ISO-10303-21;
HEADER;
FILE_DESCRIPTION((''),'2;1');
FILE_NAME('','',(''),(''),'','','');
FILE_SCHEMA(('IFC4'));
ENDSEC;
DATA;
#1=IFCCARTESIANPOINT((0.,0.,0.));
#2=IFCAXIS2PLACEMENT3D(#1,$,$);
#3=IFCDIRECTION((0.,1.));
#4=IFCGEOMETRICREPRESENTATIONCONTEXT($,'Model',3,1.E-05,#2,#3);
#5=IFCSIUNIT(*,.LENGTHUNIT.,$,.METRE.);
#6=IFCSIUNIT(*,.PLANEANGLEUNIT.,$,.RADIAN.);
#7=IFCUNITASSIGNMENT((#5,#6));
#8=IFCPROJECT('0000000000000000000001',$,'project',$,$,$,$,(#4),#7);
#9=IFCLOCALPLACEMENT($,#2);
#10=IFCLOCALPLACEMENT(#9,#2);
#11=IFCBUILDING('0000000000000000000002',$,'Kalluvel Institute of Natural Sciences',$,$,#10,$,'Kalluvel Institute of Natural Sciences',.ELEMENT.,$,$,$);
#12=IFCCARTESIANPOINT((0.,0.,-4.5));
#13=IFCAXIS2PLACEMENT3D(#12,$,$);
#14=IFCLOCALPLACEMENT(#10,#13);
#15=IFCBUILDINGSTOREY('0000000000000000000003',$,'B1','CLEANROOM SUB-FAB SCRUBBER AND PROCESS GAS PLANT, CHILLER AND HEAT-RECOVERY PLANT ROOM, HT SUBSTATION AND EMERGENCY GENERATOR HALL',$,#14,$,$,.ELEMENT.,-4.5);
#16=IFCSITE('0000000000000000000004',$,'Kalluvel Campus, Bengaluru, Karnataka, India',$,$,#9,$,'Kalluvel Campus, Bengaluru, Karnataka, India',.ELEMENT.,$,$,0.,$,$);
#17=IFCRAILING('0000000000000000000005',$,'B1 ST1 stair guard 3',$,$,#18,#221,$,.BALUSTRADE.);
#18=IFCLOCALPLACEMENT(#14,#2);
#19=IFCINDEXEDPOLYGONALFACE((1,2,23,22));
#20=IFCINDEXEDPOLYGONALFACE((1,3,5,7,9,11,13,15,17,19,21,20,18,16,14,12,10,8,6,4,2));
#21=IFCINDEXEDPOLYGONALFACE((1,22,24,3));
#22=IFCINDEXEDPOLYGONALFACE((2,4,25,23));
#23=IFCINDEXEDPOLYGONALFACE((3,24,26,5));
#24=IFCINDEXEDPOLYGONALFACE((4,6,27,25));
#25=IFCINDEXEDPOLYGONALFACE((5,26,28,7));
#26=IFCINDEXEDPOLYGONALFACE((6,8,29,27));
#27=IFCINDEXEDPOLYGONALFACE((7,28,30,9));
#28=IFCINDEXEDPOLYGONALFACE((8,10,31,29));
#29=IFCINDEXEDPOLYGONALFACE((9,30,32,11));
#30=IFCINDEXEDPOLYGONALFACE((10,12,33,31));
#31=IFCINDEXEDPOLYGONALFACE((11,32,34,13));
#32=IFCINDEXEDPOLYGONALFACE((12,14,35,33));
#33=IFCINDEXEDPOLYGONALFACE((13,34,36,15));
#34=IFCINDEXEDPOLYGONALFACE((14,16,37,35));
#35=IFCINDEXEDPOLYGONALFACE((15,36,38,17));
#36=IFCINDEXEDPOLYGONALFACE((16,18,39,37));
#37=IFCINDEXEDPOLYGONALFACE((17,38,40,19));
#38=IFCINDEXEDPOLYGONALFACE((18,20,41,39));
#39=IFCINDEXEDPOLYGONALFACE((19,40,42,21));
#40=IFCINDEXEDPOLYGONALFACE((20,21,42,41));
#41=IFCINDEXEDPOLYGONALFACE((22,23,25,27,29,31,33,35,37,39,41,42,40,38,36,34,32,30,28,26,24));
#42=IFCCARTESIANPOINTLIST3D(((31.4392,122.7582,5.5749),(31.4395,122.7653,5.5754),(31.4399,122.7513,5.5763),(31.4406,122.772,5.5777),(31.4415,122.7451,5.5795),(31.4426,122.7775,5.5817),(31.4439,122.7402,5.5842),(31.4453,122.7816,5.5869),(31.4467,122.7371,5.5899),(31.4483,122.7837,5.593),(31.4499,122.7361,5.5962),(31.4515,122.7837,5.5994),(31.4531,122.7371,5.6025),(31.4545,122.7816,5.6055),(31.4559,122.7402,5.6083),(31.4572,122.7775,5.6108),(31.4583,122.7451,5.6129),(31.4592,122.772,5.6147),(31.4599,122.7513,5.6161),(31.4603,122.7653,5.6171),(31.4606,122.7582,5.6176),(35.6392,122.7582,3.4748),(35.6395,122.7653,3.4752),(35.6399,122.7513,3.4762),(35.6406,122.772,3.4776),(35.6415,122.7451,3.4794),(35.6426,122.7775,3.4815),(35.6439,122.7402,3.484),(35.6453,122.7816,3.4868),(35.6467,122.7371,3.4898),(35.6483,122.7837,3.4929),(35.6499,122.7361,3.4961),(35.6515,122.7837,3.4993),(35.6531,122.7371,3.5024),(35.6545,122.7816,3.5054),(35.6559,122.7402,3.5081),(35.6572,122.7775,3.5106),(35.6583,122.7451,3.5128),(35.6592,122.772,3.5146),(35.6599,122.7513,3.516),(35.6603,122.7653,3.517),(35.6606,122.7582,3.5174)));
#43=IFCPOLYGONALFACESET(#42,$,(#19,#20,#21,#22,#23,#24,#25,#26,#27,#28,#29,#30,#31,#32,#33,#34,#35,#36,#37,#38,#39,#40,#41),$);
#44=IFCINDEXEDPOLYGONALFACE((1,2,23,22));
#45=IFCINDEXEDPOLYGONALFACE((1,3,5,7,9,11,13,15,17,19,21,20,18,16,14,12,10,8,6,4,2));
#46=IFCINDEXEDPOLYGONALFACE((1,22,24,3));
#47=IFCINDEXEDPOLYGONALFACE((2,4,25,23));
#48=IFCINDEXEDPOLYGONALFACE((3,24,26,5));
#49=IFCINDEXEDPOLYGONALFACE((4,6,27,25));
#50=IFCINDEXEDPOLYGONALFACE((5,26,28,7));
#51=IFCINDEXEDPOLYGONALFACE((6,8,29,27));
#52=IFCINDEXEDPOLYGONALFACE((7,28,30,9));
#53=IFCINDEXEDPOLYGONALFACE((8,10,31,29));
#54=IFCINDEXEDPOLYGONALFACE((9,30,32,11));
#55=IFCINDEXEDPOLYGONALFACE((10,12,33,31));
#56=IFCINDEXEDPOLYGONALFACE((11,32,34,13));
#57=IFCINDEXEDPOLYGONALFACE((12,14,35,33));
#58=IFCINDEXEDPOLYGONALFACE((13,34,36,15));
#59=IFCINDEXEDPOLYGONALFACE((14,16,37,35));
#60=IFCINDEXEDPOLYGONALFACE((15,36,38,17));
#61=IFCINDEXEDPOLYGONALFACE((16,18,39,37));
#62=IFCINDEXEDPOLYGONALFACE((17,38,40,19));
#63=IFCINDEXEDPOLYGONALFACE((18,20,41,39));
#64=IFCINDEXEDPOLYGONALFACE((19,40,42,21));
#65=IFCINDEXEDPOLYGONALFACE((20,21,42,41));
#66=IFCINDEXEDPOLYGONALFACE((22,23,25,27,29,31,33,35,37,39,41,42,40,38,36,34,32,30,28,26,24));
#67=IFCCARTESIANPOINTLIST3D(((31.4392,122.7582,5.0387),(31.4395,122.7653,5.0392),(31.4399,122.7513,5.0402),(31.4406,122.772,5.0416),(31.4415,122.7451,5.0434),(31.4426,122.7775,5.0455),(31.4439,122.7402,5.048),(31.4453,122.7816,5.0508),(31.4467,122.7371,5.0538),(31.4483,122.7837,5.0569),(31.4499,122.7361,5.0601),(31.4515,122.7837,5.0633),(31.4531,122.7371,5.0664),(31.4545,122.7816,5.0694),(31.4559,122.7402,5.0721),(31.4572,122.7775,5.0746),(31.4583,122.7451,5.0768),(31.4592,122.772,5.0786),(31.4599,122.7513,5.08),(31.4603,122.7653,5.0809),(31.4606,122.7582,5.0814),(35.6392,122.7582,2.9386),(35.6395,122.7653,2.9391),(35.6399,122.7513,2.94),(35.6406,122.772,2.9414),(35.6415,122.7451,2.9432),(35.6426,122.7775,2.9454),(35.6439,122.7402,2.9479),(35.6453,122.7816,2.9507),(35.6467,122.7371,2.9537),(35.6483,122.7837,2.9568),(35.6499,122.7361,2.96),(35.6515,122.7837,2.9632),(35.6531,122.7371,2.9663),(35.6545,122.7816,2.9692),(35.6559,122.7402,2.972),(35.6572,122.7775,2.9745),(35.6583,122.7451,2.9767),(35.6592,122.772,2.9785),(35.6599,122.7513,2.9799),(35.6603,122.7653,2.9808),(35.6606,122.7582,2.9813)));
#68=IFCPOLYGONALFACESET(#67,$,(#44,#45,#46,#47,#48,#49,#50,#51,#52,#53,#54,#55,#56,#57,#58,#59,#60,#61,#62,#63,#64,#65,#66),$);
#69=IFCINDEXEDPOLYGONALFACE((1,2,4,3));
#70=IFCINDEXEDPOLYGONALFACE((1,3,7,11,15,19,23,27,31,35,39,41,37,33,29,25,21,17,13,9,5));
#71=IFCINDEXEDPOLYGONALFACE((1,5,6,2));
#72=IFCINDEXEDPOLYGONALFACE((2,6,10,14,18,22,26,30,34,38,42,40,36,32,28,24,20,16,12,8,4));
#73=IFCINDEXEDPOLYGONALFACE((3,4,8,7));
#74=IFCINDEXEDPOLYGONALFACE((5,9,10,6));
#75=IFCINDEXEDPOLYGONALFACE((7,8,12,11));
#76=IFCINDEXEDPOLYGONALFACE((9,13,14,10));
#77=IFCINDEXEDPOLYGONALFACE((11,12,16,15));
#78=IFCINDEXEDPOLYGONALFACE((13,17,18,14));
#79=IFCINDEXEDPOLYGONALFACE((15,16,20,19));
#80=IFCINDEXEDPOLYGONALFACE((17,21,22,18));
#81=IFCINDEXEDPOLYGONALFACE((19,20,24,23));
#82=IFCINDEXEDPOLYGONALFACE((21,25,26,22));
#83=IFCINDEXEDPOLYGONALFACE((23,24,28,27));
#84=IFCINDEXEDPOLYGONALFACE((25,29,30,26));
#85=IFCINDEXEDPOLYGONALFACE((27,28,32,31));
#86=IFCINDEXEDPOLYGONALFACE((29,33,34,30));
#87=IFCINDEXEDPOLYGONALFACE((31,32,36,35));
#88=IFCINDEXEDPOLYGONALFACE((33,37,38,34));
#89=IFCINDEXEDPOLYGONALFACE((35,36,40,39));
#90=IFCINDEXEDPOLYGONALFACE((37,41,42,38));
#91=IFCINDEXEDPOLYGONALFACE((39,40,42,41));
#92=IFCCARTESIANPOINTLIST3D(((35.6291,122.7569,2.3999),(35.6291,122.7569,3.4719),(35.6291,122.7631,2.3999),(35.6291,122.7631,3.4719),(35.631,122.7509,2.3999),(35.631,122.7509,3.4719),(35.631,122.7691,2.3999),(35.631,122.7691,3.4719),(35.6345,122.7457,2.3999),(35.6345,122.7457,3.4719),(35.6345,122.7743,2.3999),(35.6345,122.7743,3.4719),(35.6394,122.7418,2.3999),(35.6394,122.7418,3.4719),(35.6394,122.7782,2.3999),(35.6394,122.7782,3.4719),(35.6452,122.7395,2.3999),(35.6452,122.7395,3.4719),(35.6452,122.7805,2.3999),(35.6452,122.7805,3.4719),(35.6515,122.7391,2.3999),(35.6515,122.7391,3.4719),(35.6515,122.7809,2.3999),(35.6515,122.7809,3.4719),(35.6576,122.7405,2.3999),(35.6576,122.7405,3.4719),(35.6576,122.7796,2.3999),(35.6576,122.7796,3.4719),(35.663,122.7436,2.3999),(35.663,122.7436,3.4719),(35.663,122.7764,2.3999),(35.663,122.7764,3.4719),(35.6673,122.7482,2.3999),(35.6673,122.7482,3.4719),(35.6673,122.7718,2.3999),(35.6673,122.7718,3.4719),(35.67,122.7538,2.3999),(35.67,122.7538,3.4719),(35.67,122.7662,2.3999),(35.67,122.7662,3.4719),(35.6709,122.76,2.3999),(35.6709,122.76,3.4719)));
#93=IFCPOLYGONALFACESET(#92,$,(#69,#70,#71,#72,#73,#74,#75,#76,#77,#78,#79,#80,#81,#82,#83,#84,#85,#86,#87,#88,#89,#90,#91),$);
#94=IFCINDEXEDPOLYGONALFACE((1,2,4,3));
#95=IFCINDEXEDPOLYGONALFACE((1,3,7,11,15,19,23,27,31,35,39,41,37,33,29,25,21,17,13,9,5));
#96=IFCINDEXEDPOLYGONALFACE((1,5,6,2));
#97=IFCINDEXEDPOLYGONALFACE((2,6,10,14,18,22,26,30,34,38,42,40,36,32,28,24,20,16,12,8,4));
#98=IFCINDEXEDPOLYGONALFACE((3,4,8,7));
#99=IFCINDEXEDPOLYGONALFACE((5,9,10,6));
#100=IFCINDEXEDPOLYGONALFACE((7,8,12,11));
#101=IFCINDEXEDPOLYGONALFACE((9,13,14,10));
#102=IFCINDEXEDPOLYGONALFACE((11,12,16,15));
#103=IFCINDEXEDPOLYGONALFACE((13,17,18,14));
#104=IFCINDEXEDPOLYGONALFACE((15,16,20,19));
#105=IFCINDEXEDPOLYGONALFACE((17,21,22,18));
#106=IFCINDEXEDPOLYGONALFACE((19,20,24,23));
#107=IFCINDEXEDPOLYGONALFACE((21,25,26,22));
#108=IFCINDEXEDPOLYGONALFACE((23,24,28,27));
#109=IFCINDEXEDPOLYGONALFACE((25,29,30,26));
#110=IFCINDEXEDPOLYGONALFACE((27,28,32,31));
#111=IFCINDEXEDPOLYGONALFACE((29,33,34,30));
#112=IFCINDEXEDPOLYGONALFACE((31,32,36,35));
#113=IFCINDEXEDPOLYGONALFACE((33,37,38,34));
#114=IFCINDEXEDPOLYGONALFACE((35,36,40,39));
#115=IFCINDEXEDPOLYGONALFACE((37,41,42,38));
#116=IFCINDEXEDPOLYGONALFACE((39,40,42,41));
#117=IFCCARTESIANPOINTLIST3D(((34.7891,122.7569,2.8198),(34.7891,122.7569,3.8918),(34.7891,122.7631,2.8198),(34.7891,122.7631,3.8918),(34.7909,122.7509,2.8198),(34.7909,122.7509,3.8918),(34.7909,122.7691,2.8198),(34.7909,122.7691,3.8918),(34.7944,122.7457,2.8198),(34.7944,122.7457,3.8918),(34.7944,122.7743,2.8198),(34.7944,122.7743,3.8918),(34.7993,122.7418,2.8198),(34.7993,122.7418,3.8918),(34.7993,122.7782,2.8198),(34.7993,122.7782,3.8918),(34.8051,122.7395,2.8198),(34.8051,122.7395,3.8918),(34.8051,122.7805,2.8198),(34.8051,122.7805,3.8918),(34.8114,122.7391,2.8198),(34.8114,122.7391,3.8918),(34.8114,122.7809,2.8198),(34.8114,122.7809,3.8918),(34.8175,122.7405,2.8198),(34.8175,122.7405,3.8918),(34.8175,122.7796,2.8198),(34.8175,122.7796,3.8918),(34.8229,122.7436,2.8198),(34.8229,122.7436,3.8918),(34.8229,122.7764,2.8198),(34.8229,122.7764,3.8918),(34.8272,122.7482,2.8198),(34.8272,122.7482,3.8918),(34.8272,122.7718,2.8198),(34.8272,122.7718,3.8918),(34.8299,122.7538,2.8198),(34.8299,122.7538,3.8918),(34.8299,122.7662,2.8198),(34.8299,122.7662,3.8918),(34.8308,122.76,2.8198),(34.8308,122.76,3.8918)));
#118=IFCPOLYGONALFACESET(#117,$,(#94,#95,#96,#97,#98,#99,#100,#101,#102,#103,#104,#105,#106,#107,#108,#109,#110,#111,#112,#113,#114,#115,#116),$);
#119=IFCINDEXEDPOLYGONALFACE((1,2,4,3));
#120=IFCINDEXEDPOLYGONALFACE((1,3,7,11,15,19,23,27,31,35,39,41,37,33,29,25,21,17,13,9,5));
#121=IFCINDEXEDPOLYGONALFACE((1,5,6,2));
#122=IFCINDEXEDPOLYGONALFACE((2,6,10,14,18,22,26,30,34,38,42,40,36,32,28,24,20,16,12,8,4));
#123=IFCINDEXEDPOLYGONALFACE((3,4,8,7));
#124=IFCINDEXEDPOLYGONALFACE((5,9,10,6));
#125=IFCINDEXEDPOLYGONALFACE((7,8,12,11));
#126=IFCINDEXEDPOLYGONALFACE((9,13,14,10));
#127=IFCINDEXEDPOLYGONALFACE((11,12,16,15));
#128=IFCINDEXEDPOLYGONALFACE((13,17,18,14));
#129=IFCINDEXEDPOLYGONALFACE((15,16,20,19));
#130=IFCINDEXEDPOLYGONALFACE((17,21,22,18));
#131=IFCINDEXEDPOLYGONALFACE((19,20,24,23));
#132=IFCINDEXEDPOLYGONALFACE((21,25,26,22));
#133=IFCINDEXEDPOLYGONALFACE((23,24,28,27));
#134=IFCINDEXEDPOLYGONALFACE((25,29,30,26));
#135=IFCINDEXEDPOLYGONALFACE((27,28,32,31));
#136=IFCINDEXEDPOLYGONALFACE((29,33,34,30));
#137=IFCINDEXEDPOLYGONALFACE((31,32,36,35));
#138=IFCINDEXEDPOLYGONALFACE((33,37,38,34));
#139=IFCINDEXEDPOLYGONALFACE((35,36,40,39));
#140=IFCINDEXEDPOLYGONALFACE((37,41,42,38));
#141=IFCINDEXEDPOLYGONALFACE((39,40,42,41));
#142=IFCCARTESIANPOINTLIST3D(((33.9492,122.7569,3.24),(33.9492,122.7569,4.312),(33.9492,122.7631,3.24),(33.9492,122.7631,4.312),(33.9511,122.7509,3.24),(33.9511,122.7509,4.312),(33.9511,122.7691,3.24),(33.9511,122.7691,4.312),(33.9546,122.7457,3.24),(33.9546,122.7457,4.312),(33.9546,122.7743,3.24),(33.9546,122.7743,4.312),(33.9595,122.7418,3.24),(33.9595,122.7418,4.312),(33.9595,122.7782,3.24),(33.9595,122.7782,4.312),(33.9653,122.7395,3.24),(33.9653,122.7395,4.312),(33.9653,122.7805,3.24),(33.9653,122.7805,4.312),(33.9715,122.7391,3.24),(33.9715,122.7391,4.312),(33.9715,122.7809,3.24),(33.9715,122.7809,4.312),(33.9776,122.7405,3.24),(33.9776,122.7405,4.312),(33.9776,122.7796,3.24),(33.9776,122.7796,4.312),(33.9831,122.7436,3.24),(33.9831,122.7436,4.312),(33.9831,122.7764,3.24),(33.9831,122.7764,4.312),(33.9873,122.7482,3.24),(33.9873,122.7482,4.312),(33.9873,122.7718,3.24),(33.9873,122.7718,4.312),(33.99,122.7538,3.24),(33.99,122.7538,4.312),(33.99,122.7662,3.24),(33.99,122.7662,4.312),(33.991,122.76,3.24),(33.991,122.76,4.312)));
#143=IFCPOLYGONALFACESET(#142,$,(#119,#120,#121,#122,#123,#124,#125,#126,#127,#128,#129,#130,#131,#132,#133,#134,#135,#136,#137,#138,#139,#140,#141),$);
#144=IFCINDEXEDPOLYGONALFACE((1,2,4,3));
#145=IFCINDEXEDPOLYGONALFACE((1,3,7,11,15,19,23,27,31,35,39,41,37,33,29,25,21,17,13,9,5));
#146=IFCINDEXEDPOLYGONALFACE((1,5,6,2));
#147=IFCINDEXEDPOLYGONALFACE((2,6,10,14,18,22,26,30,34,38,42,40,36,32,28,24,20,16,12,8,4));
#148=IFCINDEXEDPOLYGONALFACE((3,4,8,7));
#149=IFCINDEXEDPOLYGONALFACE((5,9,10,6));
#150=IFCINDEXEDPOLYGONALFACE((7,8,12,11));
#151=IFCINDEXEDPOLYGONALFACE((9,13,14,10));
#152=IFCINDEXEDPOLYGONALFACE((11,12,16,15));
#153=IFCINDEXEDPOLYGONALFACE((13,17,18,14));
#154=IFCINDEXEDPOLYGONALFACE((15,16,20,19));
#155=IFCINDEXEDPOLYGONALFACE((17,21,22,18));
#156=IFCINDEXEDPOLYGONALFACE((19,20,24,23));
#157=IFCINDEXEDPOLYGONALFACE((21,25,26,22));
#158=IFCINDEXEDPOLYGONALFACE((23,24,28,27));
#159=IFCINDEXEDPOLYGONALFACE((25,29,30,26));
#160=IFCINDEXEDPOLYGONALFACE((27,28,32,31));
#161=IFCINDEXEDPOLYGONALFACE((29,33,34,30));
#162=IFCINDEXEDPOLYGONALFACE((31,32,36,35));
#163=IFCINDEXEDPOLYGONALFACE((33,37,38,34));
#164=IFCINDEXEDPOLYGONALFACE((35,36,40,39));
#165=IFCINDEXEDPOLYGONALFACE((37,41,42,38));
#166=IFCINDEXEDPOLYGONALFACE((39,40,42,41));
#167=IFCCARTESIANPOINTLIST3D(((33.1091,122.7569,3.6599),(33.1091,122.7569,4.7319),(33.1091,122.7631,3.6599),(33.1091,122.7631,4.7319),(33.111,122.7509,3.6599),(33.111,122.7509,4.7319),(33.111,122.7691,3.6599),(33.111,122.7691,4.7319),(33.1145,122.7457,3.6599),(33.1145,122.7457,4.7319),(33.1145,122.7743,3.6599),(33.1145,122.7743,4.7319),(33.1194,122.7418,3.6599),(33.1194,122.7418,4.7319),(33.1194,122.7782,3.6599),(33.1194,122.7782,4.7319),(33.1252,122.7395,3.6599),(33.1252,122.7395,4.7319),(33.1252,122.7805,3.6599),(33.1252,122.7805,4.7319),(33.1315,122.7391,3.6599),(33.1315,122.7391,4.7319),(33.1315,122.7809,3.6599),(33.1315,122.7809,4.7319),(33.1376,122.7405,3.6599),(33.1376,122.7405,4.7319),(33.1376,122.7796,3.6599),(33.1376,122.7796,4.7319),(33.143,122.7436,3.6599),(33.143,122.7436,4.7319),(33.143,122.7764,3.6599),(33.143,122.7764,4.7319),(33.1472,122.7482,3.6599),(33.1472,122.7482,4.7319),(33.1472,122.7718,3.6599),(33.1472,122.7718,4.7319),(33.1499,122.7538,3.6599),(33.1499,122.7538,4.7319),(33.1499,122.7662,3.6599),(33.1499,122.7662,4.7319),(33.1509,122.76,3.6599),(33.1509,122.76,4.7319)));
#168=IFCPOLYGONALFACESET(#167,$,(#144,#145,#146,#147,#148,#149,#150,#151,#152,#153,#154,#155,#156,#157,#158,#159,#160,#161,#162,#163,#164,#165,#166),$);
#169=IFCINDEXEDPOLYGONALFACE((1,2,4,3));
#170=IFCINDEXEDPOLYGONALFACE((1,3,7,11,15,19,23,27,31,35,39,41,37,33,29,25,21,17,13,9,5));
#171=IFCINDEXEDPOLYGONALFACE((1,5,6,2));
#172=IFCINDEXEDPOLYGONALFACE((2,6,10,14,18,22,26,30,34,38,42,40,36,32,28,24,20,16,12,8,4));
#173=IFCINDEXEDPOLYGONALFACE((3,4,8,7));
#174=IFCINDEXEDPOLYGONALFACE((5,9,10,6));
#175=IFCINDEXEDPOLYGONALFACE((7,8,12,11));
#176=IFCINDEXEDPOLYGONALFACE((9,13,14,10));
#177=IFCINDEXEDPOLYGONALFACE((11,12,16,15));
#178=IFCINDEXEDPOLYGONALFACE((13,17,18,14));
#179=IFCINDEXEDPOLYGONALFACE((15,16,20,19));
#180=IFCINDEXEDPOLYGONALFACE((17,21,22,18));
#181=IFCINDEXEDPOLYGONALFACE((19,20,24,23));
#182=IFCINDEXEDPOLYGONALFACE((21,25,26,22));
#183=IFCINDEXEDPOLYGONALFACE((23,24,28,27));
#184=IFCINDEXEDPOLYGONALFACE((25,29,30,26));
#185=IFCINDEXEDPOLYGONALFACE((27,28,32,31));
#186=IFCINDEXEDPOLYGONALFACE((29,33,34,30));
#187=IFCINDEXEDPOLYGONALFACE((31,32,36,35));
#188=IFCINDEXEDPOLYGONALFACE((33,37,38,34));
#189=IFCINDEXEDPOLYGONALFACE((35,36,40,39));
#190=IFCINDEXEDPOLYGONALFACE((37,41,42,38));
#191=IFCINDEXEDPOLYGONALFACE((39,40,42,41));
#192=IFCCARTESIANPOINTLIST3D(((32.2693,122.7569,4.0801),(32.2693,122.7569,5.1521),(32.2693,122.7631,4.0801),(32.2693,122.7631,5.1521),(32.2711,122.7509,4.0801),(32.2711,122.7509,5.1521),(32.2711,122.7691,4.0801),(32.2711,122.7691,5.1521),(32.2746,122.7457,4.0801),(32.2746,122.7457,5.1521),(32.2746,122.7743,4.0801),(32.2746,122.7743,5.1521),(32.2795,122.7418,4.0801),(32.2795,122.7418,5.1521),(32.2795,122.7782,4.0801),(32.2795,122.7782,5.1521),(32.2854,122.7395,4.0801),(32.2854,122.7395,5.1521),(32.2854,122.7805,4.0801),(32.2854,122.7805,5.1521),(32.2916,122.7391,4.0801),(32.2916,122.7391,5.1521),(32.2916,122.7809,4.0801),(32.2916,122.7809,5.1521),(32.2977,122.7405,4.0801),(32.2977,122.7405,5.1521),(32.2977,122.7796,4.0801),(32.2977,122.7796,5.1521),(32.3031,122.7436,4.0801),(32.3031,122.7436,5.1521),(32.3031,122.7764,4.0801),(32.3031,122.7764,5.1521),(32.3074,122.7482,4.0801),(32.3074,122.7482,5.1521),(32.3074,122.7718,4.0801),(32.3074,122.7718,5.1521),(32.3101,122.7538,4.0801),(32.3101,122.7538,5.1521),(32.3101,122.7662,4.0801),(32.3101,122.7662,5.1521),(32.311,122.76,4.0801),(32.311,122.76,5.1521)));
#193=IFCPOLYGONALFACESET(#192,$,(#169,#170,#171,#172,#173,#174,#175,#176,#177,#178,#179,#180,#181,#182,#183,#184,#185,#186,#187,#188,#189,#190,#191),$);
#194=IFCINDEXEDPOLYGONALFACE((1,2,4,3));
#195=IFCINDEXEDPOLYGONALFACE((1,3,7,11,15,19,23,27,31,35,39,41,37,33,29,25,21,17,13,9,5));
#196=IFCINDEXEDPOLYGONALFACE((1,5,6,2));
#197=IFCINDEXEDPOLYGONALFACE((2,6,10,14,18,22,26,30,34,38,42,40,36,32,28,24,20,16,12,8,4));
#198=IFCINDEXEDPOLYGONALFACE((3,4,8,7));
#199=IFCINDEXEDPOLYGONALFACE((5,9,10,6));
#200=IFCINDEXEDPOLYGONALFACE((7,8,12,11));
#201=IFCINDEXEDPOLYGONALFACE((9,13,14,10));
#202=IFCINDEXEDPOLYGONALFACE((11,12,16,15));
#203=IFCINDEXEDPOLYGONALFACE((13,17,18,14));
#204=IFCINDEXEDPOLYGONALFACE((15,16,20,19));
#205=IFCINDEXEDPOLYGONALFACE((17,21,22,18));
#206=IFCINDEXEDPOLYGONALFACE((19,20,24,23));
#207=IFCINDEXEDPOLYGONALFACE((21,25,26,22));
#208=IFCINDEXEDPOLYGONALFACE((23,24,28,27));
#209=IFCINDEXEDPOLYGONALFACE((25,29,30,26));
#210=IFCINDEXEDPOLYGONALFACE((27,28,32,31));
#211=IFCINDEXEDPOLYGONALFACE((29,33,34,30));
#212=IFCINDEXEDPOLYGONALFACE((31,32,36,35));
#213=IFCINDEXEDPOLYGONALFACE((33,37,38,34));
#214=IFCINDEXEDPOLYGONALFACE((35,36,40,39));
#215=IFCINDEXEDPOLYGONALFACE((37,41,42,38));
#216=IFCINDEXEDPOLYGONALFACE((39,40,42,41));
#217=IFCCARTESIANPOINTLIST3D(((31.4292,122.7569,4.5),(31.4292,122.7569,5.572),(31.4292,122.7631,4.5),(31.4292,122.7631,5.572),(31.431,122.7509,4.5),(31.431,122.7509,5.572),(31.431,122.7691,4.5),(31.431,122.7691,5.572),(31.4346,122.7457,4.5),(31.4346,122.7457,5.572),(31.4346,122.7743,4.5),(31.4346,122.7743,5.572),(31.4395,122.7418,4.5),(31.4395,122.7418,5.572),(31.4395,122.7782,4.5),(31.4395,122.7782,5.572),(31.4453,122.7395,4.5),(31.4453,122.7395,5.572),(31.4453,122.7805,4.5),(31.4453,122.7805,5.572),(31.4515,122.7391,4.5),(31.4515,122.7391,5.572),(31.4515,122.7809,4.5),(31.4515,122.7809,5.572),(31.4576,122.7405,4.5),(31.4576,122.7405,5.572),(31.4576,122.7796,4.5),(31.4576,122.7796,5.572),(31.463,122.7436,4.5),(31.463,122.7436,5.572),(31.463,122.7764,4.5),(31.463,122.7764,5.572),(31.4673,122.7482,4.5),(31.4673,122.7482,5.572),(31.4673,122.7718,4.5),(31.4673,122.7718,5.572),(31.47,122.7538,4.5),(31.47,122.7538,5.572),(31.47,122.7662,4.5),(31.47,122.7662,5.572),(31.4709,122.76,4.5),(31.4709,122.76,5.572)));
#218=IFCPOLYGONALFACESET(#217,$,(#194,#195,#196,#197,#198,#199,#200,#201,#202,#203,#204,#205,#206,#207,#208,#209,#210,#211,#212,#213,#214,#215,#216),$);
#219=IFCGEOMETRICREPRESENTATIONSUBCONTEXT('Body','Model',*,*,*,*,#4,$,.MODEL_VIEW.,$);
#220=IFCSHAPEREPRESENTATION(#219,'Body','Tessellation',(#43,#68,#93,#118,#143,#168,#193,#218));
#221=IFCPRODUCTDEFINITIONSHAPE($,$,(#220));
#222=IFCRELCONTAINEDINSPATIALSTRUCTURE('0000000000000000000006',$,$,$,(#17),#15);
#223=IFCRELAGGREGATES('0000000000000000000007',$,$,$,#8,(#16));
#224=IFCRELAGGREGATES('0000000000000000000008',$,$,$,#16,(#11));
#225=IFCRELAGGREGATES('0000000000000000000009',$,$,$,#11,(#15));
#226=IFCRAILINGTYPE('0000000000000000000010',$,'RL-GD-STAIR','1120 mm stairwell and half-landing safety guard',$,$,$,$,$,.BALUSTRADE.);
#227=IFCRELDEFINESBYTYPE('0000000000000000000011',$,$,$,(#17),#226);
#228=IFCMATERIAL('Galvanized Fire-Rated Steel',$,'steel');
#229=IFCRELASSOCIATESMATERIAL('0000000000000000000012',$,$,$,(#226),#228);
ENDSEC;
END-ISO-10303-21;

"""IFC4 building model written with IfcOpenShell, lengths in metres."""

from ifc_helpers import new_model, si_unit, direction, frame, origin, origin_2d, place, context, subcontext, project, spatial, circle, extrude, material, type_object, element, save


model = new_model("IFC4")

# Units and contexts
model_context = context("Model", 3, precision=1e-05, world=origin(), true_north=direction((0.0, 1.0)))
body_context = subcontext(model_context, "Body", "Model", "MODEL_VIEW")
ifc_project = project(units=[si_unit("LENGTHUNIT", "METRE"), si_unit("PLANEANGLEUNIT", "RADIAN")], contexts=[model_context])

# Site, building, storey
site_placement = place(None, origin())
site = spatial("IfcSite", under=ifc_project, at=site_placement, Name="Kalluvel Campus, Bengaluru, Karnataka, India", LongName="Kalluvel Campus, Bengaluru, Karnataka, India", CompositionType="ELEMENT", RefElevation=0.0)
building_placement = place(site_placement, origin())
building = spatial("IfcBuilding", under=site, at=building_placement, Name="Kalluvel Institute of Natural Sciences", LongName="Kalluvel Institute of Natural Sciences", CompositionType="ELEMENT")
storey_placement = place(building_placement, frame((0.0, 0.0, -4.5)))
storey = spatial("IfcBuildingStorey", under=building, at=storey_placement, Name="B1", Description="CLEANROOM SUB-FAB SCRUBBER AND PROCESS GAS PLANT, CHILLER AND HEAT-RECOVERY PLANT ROOM, HT SUBSTATION AND EMERGENCY GENERATOR HALL", CompositionType="ELEMENT", Elevation=-4.5)

# Shared definitions
ifc_material_1 = material(Name="Galvanized Fire-Rated Steel", Category="steel")

# Railing
railing_type_1 = type_object("IfcRailingType", Name="RL-GD-STAIR", Description="1120 mm stairwell and half-landing safety guard", PredefinedType="BALUSTRADE", material=ifc_material_1)
railing_1_placement = place(storey_placement, frame((35.6499, 122.76, 2.3999)))
element("IfcRailing", 1, at=railing_1_placement, inside=storey, type_object=railing_type_1, Name="B1 ST1 stair guard 3", PredefinedType="BALUSTRADE", context=body_context, shape_type="SweptSolid", body=[
    extrude(circle(Radius=0.0239, at=origin_2d()), frame((0.0, 0.0, 1.0962), z_axis=(-0.894417, 0.0, 0.447234), x_axis=(0.0, -1.0, 0.0)), (0.0, 0.0, 1.0), 4.6958),
    extrude(circle(Radius=0.0239, at=origin_2d()), frame((0.0, 0.0, 0.5601), z_axis=(-0.894417, 0.0, 0.447234), x_axis=(0.0, -1.0, 0.0)), (0.0, 0.0, 1.0), 4.6958),
    extrude(circle(Radius=0.021, at=origin_2d()), origin(), (0.0, 0.0, 1.0), 1.072),
    extrude(circle(Radius=0.021, at=origin_2d()), frame((-0.8401, 0.0, 0.4199)), (0.0, 0.0, 1.0), 1.072),
    extrude(circle(Radius=0.021, at=origin_2d()), frame((-1.6799, 0.0, 0.8401)), (0.0, 0.0, 1.0), 1.072),
    extrude(circle(Radius=0.021, at=origin_2d()), frame((-2.52, 0.0, 1.26)), (0.0, 0.0, 1.0), 1.072),
    extrude(circle(Radius=0.021, at=origin_2d()), frame((-3.3599, 0.0, 1.6802)), (0.0, 0.0, 1.0), 1.072),
    extrude(circle(Radius=0.021, at=origin_2d()), frame((-4.2, 0.0, 2.1001)), (0.0, 0.0, 1.0), 1.072),
])

save(model, "model.ifc")
